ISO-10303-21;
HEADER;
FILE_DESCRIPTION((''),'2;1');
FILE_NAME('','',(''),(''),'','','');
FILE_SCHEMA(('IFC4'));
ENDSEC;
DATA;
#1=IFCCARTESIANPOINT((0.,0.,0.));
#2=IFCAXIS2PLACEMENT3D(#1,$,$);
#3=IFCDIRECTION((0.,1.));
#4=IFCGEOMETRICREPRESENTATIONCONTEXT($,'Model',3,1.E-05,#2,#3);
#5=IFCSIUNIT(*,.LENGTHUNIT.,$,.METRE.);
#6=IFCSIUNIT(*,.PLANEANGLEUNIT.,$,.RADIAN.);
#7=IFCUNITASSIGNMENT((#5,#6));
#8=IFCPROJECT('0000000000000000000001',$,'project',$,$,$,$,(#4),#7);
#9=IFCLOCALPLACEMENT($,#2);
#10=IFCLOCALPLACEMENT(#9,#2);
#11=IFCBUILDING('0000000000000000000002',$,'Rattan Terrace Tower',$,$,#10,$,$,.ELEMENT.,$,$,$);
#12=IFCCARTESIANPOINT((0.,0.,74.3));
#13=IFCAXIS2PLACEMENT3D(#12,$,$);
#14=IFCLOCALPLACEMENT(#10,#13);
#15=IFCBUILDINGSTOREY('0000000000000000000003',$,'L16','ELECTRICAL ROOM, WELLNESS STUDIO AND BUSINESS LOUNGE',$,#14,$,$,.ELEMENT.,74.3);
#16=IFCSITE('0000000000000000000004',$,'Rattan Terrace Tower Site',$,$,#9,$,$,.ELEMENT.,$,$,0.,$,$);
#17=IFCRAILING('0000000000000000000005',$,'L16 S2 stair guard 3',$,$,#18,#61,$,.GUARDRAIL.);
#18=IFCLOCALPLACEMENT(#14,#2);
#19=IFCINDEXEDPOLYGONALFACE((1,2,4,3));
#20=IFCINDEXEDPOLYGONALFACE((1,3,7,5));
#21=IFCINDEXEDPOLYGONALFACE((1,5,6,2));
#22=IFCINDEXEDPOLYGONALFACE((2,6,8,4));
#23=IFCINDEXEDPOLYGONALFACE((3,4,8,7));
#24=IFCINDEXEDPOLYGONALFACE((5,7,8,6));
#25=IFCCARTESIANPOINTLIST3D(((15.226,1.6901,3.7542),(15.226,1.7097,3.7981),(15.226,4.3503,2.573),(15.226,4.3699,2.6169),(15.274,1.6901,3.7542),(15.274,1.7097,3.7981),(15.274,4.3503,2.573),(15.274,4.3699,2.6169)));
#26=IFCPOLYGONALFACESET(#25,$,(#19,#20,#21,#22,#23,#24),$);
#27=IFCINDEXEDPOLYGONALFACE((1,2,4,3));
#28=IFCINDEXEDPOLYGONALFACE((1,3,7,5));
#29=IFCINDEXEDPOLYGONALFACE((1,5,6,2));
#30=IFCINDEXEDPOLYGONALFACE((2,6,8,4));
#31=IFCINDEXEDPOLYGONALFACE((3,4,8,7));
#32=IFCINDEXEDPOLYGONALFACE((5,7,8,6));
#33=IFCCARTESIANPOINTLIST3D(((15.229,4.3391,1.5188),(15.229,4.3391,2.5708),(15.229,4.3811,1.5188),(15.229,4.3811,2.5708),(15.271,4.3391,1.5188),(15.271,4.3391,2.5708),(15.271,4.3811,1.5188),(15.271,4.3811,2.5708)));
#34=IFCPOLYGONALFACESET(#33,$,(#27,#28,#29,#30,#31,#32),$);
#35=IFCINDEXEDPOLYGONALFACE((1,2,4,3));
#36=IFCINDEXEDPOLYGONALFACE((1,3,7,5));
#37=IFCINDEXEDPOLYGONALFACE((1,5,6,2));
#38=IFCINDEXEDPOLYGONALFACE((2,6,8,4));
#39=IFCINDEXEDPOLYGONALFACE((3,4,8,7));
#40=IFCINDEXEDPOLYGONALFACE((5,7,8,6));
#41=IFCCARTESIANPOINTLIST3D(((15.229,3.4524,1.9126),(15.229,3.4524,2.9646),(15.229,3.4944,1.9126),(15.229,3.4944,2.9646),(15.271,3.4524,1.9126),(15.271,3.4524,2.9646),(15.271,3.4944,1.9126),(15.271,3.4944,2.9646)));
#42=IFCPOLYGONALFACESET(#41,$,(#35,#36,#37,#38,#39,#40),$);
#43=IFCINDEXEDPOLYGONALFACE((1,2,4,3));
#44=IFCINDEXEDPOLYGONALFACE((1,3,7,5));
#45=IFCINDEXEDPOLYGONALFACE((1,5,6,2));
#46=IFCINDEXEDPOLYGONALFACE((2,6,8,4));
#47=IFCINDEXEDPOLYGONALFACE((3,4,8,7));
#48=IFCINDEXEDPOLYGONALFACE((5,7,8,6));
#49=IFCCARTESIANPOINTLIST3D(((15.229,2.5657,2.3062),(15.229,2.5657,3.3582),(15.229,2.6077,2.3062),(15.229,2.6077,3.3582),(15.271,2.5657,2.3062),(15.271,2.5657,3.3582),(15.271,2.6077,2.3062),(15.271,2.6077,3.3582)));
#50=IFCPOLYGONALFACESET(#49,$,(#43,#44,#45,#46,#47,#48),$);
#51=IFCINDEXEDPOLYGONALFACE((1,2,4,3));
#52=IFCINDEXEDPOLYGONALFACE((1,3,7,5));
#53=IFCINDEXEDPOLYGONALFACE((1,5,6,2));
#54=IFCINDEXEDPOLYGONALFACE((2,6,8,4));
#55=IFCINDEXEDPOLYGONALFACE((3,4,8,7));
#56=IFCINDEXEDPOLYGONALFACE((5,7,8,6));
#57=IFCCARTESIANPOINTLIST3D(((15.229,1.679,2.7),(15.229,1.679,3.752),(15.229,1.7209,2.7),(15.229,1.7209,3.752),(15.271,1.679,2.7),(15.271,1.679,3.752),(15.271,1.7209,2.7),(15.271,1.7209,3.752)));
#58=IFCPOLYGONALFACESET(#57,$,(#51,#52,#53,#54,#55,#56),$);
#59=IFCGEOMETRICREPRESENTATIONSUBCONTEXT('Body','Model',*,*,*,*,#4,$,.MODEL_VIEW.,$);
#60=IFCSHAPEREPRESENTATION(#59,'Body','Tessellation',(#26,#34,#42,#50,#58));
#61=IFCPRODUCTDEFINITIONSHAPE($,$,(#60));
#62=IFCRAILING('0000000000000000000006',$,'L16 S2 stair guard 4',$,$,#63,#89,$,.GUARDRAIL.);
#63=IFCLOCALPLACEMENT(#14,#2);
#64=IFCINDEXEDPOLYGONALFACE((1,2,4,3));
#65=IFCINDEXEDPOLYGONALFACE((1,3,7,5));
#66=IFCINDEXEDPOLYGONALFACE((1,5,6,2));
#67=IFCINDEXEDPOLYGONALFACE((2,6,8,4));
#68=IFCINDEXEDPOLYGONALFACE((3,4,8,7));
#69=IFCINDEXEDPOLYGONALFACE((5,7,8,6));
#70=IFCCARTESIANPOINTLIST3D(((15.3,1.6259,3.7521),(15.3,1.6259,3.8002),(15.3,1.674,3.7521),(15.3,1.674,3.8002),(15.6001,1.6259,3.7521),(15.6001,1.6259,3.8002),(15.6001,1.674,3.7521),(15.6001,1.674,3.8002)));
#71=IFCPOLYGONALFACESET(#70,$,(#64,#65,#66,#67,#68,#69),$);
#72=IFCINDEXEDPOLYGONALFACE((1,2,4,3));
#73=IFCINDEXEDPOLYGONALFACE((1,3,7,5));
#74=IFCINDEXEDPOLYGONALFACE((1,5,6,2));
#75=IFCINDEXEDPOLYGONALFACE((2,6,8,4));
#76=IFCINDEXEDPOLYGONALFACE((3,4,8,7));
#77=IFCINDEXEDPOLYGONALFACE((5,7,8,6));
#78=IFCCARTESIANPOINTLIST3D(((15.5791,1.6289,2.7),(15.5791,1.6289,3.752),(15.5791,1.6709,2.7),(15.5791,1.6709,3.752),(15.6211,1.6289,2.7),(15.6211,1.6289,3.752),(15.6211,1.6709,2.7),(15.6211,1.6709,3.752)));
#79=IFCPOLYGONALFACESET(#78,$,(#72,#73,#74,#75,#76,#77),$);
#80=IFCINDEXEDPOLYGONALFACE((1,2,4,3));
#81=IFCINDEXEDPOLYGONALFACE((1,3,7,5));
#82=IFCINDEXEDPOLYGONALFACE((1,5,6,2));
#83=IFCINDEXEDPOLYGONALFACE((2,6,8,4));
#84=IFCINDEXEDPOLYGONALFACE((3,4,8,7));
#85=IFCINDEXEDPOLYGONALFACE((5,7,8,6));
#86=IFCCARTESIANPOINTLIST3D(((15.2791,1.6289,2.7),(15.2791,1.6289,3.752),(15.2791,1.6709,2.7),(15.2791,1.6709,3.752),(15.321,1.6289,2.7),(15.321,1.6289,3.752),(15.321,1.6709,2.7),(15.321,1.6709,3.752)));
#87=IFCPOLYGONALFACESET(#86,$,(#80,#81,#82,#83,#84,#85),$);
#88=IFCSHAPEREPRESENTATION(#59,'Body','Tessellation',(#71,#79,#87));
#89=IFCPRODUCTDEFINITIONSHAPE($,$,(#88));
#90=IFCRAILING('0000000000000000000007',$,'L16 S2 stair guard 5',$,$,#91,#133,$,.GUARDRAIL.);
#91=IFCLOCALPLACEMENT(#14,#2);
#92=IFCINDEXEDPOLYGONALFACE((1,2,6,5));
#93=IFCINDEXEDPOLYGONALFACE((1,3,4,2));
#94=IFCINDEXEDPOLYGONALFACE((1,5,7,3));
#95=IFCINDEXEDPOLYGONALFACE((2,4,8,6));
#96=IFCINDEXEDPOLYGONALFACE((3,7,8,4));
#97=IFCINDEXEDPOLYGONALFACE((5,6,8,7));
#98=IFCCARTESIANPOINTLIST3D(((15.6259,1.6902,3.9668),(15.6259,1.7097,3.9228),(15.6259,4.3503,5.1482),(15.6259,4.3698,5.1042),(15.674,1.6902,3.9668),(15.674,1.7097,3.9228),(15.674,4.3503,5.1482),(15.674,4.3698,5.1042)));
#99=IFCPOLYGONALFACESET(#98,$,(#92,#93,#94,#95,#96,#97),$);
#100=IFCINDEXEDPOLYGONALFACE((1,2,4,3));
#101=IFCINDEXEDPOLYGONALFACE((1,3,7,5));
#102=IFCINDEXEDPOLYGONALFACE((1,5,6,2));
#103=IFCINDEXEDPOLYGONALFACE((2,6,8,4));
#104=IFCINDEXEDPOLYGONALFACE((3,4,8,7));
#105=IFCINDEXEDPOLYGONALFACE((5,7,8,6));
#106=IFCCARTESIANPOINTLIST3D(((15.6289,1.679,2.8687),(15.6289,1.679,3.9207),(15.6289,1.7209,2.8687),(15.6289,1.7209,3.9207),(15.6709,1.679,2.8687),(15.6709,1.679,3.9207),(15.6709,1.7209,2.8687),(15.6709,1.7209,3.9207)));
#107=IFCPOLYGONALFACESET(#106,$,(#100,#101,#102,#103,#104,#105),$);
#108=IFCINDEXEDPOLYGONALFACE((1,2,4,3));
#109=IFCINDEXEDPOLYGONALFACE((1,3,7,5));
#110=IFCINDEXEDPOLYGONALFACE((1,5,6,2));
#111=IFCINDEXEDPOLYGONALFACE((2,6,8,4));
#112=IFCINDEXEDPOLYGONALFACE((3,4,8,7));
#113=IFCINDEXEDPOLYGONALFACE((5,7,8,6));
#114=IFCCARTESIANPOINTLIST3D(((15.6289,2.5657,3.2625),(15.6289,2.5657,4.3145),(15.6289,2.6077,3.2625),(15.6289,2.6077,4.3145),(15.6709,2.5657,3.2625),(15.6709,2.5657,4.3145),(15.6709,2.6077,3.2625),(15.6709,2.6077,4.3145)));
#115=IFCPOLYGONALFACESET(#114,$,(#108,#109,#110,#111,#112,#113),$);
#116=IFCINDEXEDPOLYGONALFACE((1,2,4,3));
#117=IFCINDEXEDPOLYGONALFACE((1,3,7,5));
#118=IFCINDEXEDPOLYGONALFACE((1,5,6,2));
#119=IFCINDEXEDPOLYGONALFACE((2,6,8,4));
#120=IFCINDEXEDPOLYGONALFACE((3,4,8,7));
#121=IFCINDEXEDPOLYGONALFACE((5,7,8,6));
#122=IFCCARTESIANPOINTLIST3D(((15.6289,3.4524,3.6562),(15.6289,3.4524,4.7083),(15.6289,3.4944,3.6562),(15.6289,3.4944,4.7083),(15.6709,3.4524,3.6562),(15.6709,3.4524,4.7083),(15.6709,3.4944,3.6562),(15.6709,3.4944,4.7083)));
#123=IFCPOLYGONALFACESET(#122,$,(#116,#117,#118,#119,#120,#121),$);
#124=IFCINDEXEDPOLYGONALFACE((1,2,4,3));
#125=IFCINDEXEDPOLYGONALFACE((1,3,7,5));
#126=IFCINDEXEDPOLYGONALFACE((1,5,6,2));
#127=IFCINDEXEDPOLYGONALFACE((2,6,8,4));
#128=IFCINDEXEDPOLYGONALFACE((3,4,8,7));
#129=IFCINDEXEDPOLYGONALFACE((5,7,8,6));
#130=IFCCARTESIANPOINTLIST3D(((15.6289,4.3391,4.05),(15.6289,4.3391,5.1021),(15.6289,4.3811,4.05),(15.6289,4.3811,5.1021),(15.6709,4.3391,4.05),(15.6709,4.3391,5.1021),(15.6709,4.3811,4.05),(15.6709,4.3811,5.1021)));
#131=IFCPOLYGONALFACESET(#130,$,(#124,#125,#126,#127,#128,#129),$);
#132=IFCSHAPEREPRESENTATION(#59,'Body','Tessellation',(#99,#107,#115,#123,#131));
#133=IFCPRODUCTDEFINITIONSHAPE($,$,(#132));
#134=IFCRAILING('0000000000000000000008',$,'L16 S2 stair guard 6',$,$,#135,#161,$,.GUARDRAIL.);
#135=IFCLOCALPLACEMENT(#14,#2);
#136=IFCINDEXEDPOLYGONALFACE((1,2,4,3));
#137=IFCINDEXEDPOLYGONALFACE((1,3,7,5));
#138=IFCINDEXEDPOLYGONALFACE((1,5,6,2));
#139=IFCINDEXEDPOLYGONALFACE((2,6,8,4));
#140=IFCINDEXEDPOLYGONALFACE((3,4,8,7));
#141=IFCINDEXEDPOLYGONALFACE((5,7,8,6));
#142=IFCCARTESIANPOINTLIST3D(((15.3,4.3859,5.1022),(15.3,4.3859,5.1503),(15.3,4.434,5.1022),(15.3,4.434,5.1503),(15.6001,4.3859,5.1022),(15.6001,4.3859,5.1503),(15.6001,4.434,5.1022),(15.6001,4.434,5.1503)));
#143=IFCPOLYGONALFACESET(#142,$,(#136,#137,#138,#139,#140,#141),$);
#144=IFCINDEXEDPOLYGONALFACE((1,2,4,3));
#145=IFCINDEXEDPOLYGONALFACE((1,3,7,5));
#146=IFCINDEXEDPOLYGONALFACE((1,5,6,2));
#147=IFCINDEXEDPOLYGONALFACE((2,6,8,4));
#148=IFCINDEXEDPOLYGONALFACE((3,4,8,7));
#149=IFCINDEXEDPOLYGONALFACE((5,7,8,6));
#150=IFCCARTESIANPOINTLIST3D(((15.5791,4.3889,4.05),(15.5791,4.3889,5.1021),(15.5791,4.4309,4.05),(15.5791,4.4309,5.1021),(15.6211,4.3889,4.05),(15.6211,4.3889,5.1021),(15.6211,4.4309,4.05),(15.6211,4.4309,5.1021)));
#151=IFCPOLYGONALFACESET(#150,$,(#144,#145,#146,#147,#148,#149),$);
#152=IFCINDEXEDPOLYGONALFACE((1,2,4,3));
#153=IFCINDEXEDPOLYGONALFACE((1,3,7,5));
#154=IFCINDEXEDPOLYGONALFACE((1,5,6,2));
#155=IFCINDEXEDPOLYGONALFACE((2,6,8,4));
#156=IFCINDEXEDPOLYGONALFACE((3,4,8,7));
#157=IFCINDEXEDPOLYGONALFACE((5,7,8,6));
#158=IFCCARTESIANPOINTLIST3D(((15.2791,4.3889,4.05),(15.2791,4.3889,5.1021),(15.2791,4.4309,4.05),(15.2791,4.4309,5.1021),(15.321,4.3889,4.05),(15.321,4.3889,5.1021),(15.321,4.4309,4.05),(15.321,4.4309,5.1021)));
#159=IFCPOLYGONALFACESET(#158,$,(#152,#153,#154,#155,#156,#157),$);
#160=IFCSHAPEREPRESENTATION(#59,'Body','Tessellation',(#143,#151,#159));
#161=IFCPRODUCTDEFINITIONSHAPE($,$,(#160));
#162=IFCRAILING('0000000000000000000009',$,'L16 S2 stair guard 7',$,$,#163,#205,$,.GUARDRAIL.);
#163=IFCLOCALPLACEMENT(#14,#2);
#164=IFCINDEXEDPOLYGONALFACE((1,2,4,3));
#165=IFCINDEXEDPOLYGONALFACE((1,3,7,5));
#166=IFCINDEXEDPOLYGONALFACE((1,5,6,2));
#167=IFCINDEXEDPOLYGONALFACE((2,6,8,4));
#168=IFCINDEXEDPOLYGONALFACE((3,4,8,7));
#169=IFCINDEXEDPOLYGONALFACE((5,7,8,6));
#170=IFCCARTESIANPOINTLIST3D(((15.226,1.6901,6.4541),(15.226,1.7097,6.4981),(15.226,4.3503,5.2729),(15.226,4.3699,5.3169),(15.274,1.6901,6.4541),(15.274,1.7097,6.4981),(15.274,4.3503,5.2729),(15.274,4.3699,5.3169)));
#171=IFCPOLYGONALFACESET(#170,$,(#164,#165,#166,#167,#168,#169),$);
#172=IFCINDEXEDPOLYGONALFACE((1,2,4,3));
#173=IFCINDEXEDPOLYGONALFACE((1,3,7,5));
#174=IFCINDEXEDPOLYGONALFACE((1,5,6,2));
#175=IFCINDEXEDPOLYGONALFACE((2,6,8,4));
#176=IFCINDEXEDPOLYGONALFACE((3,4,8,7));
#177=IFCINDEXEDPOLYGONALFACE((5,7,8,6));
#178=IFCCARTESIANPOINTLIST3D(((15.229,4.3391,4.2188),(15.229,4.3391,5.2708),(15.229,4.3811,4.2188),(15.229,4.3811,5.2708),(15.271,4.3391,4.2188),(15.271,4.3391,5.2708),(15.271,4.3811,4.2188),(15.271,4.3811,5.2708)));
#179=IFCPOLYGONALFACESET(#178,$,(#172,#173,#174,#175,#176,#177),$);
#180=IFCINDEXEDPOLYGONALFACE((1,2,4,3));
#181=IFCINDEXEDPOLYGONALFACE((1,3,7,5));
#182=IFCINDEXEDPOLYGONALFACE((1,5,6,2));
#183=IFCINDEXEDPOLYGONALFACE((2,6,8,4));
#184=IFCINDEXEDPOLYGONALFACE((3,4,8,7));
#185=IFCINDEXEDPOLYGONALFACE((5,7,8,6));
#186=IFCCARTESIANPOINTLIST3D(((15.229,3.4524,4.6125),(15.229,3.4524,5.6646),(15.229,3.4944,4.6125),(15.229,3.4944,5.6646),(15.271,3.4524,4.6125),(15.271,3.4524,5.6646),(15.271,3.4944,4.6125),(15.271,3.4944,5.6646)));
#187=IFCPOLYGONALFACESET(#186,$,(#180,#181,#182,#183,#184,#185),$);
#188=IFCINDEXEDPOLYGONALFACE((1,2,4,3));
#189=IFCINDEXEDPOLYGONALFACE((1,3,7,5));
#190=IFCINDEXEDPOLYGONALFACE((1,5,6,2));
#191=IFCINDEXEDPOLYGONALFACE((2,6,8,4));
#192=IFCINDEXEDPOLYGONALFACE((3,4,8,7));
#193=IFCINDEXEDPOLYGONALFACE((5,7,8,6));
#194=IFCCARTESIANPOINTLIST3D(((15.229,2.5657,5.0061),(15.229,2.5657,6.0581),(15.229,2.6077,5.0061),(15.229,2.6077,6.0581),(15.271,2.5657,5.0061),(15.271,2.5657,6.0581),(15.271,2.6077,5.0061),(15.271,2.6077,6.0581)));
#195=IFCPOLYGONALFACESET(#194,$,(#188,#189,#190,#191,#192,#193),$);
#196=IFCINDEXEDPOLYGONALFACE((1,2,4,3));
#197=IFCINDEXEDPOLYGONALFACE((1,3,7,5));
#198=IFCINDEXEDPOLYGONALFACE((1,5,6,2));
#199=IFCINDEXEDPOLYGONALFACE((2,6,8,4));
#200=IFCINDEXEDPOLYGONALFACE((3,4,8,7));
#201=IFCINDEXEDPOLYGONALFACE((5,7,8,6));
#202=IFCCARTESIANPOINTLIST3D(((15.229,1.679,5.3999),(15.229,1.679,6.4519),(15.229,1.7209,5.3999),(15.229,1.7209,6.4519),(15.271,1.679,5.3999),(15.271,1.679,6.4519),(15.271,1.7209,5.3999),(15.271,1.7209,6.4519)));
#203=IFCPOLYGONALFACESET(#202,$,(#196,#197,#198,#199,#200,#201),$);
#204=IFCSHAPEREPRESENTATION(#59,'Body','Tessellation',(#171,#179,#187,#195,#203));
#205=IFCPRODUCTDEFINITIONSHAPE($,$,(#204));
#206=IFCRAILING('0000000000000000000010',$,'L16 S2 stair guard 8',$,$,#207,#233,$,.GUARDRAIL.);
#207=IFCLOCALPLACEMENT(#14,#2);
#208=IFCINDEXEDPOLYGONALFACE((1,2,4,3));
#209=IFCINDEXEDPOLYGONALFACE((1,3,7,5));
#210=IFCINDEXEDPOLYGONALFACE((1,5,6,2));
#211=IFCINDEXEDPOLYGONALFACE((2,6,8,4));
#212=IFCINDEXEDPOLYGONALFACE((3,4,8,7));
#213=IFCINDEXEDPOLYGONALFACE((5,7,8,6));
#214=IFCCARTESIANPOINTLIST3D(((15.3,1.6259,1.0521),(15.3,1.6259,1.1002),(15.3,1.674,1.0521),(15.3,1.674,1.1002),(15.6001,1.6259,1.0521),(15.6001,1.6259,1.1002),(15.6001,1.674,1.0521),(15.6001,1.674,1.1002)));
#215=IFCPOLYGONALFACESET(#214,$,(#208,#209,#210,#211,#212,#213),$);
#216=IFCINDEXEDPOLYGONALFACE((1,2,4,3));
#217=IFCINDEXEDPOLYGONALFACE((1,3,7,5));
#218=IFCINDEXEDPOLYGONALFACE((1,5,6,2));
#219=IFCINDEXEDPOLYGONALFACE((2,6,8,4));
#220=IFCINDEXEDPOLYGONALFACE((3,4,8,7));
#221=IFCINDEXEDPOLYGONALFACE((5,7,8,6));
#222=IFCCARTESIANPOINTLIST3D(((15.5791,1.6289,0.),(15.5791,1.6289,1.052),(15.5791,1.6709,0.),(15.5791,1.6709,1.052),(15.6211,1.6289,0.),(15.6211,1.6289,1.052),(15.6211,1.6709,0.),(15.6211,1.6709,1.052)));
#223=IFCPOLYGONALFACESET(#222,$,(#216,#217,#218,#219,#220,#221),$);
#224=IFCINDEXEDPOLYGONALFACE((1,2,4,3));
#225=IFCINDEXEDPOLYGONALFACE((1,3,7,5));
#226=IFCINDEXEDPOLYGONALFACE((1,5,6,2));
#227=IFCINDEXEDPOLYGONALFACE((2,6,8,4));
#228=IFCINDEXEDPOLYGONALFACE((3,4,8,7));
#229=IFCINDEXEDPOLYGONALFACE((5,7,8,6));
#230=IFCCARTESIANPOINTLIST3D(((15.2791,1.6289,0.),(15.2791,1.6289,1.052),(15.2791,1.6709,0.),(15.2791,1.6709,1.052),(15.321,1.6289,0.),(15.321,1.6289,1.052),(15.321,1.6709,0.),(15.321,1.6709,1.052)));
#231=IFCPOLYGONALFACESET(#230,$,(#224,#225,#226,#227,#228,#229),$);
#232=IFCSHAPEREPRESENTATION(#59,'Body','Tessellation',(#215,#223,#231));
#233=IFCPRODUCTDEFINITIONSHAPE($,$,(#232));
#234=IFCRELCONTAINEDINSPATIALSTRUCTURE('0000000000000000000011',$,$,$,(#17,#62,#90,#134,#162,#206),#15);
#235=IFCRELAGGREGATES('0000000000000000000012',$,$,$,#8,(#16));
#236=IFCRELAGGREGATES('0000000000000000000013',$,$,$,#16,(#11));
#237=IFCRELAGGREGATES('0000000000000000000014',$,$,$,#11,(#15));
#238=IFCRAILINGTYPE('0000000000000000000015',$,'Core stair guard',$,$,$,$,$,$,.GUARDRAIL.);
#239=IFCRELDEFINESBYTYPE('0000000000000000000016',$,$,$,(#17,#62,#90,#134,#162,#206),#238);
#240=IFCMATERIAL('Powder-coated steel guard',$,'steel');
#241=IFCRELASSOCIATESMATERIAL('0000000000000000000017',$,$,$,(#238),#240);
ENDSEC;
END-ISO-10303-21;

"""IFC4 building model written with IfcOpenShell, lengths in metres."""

from ifc_helpers import new_model, si_unit, direction, frame, origin, origin_2d, place, context, subcontext, project, spatial, rectangle, extrude, material, type_object, element, save


model = new_model("IFC4")

# Units and contexts
model_context = context("Model", 3, precision=1e-05, world=origin(), true_north=direction((0.0, 1.0)))
body_context = subcontext(model_context, "Body", "Model", "MODEL_VIEW")
ifc_project = project(units=[si_unit("LENGTHUNIT", "METRE"), si_unit("PLANEANGLEUNIT", "RADIAN")], contexts=[model_context])

# Site, building, storey
site_placement = place(None, origin())
site = spatial("IfcSite", under=ifc_project, at=site_placement, Name="Rattan Terrace Tower Site", CompositionType="ELEMENT", RefElevation=0.0)
building_placement = place(site_placement, origin())
building = spatial("IfcBuilding", under=site, at=building_placement, Name="Rattan Terrace Tower", CompositionType="ELEMENT")
storey_placement = place(building_placement, frame((0.0, 0.0, 74.3)))
storey = spatial("IfcBuildingStorey", under=building, at=storey_placement, Name="L16", Description="ELECTRICAL ROOM, WELLNESS STUDIO AND BUSINESS LOUNGE", CompositionType="ELEMENT", Elevation=74.3)

# Railings
ifc_material_1 = material(Name="Powder-coated steel guard", Category="steel")
railing_type_1 = type_object("IfcRailingType", Name="Core stair guard", PredefinedType="GUARDRAIL", material=ifc_material_1)
railing_1_placement = place(storey_placement, frame((15.25, 4.3601, 1.5188)))
element("IfcRailing", 1, at=railing_1_placement, inside=storey, type_object=railing_type_1, Name="L16 S2 stair guard 3", PredefinedType="GUARDRAIL", context=body_context, shape_type="SweptSolid", body=[
    extrude(rectangle(XDim=0.0481, YDim=0.0481, at=origin_2d()), frame((0.0, 0.0, 1.0762), z_axis=(0.0, -0.913957, 0.405812), x_axis=(1.0, 0.0, 0.0)), (0.0, 0.0, 1.0), 2.9106),
    extrude(rectangle(XDim=0.042, YDim=0.042, at=origin_2d()), origin(), (0.0, 0.0, 1.0), 1.052),
    extrude(rectangle(XDim=0.042, YDim=0.042, at=origin_2d()), frame((0.0, -0.8867, 0.3938)), (0.0, 0.0, 1.0), 1.052),
    extrude(rectangle(XDim=0.042, YDim=0.042, at=origin_2d()), frame((0.0, -1.7734, 0.7874)), (0.0, 0.0, 1.0), 1.052),
    extrude(rectangle(XDim=0.042, YDim=0.042, at=origin_2d()), frame((0.0, -2.6602, 1.1812)), (0.0, 0.0, 1.0), 1.052),
])
railing_2_placement = place(storey_placement, frame((15.6001, 1.6499, 2.7)))
element("IfcRailing", 2, at=railing_2_placement, inside=storey, type_object=railing_type_1, Name="L16 S2 stair guard 4", PredefinedType="GUARDRAIL", context=body_context, shape_type="SweptSolid", body=[
    extrude(rectangle(XDim=0.0481, YDim=0.0481, at=origin_2d()), frame((0.0, 0.0, 1.0762), z_axis=(-1.0, 0.0, 0.0), x_axis=(0.0, -1.0, 0.0)), (0.0, 0.0, 1.0), 0.3),
    extrude(rectangle(XDim=0.042, YDim=0.042, at=origin_2d()), origin(), (0.0, 0.0, 1.0), 1.052),
    extrude(rectangle(XDim=0.042, YDim=0.042, at=origin_2d()), frame((-0.3, 0.0, 0.0)), (0.0, 0.0, 1.0), 1.052),
])
railing_3_placement = place(storey_placement, frame((15.6499, 1.7, 2.8687)))
element("IfcRailing", 3, at=railing_3_placement, inside=storey, type_object=railing_type_1, Name="L16 S2 stair guard 5", PredefinedType="GUARDRAIL", context=body_context, shape_type="SweptSolid", body=[
    extrude(rectangle(XDim=0.0481, YDim=0.0481, at=origin_2d()), frame((0.0, 0.0, 1.0762), z_axis=(0.0, 0.913926, 0.405882), x_axis=(-1.0, 0.0, 0.0)), (0.0, 0.0, 1.0), 2.9106),
    extrude(rectangle(XDim=0.042, YDim=0.042, at=origin_2d()), origin(), (0.0, 0.0, 1.0), 1.052),
    extrude(rectangle(XDim=0.042, YDim=0.042, at=origin_2d()), frame((0.0, 0.8867, 0.3938)), (0.0, 0.0, 1.0), 1.052),
    extrude(rectangle(XDim=0.042, YDim=0.042, at=origin_2d()), frame((0.0, 1.7734, 0.7876)), (0.0, 0.0, 1.0), 1.052),
    extrude(rectangle(XDim=0.042, YDim=0.042, at=origin_2d()), frame((0.0, 2.6602, 1.1814)), (0.0, 0.0, 1.0), 1.052),
])
railing_4_placement = place(storey_placement, frame((15.6001, 4.4099, 4.05)))
element("IfcRailing", 4, at=railing_4_placement, inside=storey, type_object=railing_type_1, Name="L16 S2 stair guard 6", PredefinedType="GUARDRAIL", context=body_context, shape_type="SweptSolid", body=[
    extrude(rectangle(XDim=0.0481, YDim=0.0481, at=origin_2d()), frame((0.0, 0.0, 1.0762), z_axis=(-1.0, 0.0, 0.0), x_axis=(0.0, -1.0, 0.0)), (0.0, 0.0, 1.0), 0.3),
    extrude(rectangle(XDim=0.042, YDim=0.042, at=origin_2d()), origin(), (0.0, 0.0, 1.0), 1.052),
    extrude(rectangle(XDim=0.042, YDim=0.042, at=origin_2d()), frame((-0.3, 0.0, 0.0)), (0.0, 0.0, 1.0), 1.052),
])
railing_5_placement = place(storey_placement, frame((15.25, 4.3601, 4.2188)))
element("IfcRailing", 5, at=railing_5_placement, inside=storey, type_object=railing_type_1, Name="L16 S2 stair guard 7", PredefinedType="GUARDRAIL", context=body_context, shape_type="SweptSolid", body=[
    extrude(rectangle(XDim=0.0481, YDim=0.0481, at=origin_2d()), frame((0.0, 0.0, 1.0762), z_axis=(0.0, -0.913957, 0.405812), x_axis=(1.0, 0.0, 0.0)), (0.0, 0.0, 1.0), 2.9106),
    extrude(rectangle(XDim=0.042, YDim=0.042, at=origin_2d()), origin(), (0.0, 0.0, 1.0), 1.052),
    extrude(rectangle(XDim=0.042, YDim=0.042, at=origin_2d()), frame((0.0, -0.8867, 0.3938)), (0.0, 0.0, 1.0), 1.052),
    extrude(rectangle(XDim=0.042, YDim=0.042, at=origin_2d()), frame((0.0, -1.7734, 0.7874)), (0.0, 0.0, 1.0), 1.052),
    extrude(rectangle(XDim=0.042, YDim=0.042, at=origin_2d()), frame((0.0, -2.6602, 1.1812)), (0.0, 0.0, 1.0), 1.052),
])
railing_6_placement = place(storey_placement, frame((15.6001, 1.6499, 0.0)))
element("IfcRailing", 6, at=railing_6_placement, inside=storey, type_object=railing_type_1, Name="L16 S2 stair guard 8", PredefinedType="GUARDRAIL", context=body_context, shape_type="SweptSolid", body=[
    extrude(rectangle(XDim=0.0481, YDim=0.0481, at=origin_2d()), frame((0.0, 0.0, 1.0762), z_axis=(-1.0, 0.0, 0.0), x_axis=(0.0, -1.0, 0.0)), (0.0, 0.0, 1.0), 0.3),
    extrude(rectangle(XDim=0.042, YDim=0.042, at=origin_2d()), origin(), (0.0, 0.0, 1.0), 1.052),
    extrude(rectangle(XDim=0.042, YDim=0.042, at=origin_2d()), frame((-0.3, 0.0, 0.0)), (0.0, 0.0, 1.0), 1.052),
])

save(model, "model.ifc")
